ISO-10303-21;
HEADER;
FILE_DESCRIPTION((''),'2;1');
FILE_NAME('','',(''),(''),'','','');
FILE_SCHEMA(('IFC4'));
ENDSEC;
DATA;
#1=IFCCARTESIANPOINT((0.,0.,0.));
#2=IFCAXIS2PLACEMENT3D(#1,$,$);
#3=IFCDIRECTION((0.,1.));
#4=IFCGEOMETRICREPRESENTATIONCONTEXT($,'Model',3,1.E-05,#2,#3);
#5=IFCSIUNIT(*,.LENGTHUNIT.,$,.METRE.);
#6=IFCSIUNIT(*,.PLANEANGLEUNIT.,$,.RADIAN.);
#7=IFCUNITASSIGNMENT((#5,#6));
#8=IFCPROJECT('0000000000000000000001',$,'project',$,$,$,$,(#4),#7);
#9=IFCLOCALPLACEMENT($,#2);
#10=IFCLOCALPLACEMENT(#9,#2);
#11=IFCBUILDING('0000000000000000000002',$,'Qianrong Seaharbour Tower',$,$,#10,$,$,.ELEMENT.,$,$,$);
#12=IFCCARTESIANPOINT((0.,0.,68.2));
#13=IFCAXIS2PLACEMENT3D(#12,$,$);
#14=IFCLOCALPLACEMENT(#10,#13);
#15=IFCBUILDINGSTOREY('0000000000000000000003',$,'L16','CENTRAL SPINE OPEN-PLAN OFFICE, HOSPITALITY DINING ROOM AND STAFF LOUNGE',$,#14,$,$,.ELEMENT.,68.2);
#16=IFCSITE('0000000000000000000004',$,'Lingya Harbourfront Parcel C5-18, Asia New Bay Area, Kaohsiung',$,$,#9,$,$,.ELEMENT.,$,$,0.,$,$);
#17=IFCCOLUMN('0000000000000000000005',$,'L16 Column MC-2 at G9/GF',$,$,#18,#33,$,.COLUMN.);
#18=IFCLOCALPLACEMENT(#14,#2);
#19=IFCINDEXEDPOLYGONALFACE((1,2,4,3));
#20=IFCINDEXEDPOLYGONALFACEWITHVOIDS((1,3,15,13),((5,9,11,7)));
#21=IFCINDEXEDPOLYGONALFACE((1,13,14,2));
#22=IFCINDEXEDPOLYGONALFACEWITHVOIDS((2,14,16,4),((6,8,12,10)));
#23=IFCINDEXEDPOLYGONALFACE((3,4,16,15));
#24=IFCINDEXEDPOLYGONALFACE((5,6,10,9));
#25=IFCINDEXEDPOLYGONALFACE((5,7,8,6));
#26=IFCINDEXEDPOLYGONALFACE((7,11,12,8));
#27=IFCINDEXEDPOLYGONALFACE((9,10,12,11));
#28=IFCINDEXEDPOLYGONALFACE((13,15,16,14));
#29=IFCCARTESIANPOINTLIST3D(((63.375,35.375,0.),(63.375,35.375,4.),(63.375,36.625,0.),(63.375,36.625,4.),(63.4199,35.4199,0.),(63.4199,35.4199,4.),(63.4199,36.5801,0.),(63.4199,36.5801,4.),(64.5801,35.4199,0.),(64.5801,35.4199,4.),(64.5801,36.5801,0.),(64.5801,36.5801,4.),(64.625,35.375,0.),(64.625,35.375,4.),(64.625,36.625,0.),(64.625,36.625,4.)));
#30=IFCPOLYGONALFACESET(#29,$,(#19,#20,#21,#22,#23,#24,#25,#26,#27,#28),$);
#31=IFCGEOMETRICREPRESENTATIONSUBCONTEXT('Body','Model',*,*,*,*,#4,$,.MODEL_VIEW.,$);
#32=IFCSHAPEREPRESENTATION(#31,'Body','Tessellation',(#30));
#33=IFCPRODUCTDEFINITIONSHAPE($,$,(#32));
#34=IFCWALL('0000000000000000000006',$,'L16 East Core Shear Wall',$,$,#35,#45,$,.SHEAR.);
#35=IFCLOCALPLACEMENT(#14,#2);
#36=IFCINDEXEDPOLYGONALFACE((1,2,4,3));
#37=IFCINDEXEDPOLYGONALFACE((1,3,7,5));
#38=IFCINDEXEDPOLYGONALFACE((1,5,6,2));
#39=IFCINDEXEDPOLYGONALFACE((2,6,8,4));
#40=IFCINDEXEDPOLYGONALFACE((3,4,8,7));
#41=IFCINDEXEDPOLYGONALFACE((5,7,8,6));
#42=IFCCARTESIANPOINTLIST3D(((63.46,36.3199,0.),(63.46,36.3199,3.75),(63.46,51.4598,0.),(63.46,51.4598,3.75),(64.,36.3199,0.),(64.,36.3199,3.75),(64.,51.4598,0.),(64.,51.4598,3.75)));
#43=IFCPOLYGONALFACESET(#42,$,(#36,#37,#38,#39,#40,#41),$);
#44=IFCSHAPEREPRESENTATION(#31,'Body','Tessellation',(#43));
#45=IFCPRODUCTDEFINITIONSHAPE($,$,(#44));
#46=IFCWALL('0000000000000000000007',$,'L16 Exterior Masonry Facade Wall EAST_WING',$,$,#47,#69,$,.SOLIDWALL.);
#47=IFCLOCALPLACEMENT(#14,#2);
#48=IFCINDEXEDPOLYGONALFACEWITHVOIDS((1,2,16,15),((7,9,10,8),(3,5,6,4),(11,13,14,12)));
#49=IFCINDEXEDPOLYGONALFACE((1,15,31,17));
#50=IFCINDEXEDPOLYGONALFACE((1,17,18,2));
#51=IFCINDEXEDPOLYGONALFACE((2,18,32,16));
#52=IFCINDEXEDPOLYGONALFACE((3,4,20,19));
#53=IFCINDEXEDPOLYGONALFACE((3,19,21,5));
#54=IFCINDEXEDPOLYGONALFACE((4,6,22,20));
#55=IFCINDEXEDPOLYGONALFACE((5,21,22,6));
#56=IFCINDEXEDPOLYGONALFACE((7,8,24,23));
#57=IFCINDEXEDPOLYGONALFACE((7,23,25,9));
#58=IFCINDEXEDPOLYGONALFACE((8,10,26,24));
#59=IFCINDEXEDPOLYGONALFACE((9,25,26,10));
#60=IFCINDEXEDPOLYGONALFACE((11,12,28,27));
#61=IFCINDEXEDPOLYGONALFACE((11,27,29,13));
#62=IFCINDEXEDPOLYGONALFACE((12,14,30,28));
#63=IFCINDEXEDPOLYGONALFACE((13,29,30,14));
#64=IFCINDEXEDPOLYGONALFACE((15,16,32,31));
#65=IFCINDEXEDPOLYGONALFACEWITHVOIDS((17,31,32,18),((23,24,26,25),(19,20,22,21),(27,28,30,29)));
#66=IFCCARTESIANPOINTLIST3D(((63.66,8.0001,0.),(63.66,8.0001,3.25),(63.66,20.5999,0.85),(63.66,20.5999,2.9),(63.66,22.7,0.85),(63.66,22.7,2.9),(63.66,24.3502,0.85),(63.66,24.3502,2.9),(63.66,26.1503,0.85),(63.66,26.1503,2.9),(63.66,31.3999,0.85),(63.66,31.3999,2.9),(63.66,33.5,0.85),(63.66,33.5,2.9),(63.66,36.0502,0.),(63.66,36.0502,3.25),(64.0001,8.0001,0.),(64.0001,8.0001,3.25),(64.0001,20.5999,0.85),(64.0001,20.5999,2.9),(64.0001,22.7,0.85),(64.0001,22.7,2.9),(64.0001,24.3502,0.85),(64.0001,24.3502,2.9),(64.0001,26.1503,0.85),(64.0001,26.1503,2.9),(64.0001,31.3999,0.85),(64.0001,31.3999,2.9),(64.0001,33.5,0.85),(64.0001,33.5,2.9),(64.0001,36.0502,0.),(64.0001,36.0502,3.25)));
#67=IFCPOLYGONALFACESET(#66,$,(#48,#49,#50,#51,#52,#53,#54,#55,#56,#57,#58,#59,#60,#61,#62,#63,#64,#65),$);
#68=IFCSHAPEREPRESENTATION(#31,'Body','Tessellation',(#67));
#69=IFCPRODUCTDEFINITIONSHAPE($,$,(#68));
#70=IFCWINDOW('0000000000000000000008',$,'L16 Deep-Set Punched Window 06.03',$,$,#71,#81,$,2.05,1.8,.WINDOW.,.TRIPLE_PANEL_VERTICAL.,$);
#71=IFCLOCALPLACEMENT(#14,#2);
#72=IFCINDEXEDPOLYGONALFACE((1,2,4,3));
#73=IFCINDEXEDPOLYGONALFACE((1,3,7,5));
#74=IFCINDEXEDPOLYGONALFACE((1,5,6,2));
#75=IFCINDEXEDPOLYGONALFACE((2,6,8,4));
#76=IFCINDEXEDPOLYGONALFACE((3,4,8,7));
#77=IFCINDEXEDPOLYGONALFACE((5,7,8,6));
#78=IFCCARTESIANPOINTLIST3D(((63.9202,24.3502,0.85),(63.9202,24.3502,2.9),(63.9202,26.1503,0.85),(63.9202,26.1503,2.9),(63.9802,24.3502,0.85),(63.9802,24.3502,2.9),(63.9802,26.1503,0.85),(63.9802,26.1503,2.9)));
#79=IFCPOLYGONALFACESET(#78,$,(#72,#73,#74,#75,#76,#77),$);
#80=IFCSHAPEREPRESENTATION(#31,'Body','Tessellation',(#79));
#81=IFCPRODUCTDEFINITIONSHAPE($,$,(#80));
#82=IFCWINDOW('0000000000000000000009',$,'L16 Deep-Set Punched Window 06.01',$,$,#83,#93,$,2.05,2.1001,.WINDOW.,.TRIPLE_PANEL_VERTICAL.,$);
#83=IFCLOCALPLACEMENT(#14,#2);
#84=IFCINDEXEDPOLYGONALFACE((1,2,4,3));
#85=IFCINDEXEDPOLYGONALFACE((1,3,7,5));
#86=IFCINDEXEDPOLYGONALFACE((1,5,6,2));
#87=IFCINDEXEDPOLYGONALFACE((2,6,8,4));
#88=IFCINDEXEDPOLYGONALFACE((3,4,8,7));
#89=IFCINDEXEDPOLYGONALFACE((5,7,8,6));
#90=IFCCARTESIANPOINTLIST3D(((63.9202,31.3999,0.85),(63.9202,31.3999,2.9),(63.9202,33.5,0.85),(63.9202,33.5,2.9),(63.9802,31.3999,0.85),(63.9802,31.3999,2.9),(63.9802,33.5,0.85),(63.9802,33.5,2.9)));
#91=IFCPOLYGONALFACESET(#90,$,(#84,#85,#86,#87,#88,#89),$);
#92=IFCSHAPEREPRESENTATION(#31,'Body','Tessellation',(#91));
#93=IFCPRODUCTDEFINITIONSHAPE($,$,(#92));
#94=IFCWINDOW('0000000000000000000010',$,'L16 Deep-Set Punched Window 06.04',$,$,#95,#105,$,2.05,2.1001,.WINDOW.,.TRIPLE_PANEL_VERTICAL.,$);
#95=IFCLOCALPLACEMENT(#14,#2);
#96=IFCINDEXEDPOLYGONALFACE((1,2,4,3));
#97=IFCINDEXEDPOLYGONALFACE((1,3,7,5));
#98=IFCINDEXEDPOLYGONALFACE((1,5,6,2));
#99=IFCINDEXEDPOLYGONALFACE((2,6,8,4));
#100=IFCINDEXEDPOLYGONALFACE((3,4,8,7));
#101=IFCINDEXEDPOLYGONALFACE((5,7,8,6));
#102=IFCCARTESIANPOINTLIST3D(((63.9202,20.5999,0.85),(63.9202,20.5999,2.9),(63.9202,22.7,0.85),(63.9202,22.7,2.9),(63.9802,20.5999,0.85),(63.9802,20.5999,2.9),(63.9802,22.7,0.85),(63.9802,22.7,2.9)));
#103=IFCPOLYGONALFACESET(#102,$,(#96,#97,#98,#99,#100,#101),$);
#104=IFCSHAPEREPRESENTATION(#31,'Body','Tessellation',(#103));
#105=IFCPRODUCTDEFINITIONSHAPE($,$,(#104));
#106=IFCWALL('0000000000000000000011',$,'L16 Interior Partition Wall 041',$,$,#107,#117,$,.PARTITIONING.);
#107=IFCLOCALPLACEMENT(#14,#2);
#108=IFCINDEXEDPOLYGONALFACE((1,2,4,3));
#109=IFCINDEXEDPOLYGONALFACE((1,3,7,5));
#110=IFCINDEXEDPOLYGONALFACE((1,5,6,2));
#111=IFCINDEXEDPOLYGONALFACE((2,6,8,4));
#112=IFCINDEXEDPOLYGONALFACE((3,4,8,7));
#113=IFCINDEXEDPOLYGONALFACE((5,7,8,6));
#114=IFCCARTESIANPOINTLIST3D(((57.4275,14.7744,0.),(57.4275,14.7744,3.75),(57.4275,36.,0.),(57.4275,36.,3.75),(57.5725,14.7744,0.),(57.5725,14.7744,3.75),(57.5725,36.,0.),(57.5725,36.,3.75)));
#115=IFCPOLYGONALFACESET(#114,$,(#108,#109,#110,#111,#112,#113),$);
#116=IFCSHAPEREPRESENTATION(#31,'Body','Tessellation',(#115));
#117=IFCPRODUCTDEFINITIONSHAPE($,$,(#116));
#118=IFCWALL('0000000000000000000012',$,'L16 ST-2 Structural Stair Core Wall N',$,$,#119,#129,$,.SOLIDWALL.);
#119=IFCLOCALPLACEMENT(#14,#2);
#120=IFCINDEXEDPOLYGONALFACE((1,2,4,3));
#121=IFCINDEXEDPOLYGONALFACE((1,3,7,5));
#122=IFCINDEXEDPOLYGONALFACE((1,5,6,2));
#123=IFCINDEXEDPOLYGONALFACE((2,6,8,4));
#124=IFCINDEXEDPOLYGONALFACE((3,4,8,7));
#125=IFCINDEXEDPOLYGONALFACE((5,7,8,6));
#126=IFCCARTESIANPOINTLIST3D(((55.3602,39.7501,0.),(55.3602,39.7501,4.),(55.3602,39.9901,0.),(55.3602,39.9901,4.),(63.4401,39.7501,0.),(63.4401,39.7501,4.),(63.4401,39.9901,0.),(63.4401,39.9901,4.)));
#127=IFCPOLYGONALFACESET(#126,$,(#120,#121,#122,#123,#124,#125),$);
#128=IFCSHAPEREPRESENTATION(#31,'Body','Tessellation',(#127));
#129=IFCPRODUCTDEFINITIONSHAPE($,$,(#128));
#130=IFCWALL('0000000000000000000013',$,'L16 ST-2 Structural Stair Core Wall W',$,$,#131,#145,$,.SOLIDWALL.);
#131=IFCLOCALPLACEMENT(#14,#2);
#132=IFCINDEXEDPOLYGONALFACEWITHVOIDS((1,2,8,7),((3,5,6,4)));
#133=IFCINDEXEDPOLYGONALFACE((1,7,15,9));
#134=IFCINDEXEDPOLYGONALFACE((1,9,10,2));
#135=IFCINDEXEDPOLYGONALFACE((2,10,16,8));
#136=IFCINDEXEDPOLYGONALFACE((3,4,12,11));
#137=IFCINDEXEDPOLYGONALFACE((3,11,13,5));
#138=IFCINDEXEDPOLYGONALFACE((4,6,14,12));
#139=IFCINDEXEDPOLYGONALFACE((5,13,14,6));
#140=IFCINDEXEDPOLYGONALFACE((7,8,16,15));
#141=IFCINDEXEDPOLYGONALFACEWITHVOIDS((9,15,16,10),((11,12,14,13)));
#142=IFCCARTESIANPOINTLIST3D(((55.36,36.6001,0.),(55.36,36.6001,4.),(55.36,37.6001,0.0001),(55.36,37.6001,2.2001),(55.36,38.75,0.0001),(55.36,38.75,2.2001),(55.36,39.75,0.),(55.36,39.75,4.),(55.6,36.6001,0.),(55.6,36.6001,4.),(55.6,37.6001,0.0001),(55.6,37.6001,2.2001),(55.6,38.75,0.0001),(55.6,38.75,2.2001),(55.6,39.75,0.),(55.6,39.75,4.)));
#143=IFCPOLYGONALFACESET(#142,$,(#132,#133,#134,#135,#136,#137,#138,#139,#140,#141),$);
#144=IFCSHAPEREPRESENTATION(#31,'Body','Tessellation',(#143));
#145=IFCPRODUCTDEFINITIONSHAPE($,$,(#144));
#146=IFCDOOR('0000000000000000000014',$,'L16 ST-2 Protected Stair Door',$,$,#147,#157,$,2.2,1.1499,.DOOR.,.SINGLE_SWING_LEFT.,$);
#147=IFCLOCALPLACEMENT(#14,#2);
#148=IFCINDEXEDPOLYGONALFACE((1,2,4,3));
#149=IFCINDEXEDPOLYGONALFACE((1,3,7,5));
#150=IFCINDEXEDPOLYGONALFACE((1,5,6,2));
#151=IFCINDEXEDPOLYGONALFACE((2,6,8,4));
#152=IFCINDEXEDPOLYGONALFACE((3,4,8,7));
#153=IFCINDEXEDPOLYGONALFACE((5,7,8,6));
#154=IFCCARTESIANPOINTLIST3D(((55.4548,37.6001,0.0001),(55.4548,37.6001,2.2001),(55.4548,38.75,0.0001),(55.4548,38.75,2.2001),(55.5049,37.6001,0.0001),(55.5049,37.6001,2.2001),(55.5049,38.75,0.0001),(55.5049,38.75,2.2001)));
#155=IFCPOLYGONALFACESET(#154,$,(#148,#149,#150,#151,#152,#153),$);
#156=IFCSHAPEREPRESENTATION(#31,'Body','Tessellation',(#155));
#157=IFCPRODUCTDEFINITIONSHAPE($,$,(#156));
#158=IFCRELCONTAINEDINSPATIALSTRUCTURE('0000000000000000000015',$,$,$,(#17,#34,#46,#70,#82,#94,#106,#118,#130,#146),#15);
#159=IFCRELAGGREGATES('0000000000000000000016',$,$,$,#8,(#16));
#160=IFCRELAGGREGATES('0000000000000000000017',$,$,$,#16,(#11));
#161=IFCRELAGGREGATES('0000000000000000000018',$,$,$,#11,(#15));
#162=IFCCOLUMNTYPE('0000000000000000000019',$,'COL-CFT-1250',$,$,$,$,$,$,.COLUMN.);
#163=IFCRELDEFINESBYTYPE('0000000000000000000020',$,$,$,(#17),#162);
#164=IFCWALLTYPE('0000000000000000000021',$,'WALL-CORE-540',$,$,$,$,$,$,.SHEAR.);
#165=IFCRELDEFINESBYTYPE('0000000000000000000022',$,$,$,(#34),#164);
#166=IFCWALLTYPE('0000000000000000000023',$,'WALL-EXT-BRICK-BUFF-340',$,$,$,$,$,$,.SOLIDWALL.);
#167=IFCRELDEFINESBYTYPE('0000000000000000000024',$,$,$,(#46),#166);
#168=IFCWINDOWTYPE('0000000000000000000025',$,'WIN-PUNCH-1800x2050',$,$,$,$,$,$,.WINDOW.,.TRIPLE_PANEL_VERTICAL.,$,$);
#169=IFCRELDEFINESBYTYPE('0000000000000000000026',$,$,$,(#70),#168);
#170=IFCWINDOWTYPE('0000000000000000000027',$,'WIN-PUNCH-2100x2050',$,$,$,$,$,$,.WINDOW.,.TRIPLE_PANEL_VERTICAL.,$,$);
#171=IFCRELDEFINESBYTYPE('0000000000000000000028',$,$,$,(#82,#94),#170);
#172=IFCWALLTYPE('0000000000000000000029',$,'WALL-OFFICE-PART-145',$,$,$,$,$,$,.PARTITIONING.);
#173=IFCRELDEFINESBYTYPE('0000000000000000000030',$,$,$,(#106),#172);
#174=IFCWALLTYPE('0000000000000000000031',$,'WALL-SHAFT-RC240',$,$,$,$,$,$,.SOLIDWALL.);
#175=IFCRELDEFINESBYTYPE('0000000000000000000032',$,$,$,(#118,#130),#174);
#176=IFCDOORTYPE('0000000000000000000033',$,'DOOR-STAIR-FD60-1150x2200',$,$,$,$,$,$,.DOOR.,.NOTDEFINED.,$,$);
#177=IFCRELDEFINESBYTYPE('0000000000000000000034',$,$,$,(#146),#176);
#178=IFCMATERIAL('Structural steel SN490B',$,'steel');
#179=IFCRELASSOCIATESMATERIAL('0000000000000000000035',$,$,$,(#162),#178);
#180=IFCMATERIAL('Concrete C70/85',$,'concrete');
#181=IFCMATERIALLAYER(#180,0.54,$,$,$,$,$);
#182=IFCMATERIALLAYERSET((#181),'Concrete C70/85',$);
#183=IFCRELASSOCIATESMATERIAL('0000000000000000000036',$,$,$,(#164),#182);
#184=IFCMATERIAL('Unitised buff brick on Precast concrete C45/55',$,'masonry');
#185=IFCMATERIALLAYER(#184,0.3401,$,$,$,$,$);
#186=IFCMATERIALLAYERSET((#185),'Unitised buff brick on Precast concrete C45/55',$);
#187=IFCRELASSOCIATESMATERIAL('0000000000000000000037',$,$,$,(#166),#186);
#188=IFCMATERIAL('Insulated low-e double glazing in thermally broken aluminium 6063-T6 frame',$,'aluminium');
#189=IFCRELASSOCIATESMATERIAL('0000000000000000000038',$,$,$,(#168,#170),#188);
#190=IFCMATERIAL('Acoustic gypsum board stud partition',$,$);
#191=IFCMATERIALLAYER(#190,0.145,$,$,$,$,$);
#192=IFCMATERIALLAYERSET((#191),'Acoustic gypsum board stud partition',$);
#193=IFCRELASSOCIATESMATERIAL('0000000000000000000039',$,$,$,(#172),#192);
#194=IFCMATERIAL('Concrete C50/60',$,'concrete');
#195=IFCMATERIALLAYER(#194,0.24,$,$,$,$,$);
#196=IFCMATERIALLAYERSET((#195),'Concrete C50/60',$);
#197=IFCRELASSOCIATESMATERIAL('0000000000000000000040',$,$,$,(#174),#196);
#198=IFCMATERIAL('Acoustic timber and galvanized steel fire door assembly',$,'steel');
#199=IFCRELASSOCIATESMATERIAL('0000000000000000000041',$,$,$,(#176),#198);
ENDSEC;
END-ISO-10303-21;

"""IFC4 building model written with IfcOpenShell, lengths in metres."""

from ifc_helpers import new_model, si_unit, direction, frame, frame_2d, origin, origin_2d, place, context, subcontext, project, spatial, rectangle, hollow_rectangle, extrude, material, layer, layer_set, material_profile, profile_set, type_object, element, fill, save


model = new_model("IFC4")

# Units and contexts
model_context = context("Model", 3, precision=1e-05, world=origin(), true_north=direction((0.0, 1.0)))
body_context = subcontext(model_context, "Body", "Model", "MODEL_VIEW")
ifc_project = project(units=[si_unit("LENGTHUNIT", "METRE"), si_unit("PLANEANGLEUNIT", "RADIAN")], contexts=[model_context])

# Site, building, storey
site_placement = place(None, origin())
site = spatial("IfcSite", under=ifc_project, at=site_placement, Name="Lingya Harbourfront Parcel C5-18, Asia New Bay Area, Kaohsiung", CompositionType="ELEMENT", RefElevation=0.0)
building_placement = place(site_placement, origin())
building = spatial("IfcBuilding", under=site, at=building_placement, Name="Qianrong Seaharbour Tower", CompositionType="ELEMENT")
storey_placement = place(building_placement, frame((0.0, 0.0, 68.2)))
storey = spatial("IfcBuildingStorey", under=building, at=storey_placement, Name="L16", Description="CENTRAL SPINE OPEN-PLAN OFFICE, HOSPITALITY DINING ROOM AND STAFF LOUNGE", CompositionType="ELEMENT", Elevation=68.2)

# Column
ifc_material_1 = material(Name="Structural steel SN490B", Category="steel")
ifc_material_profile = material_profile(ifc_material_1, hollow_rectangle(XDim=1.25, YDim=1.25, WallThickness=0.0449, at=origin_2d()), Name="BOX1250x1250x45")
ifc_profile_set = profile_set([ifc_material_profile], Name="Structural steel SN490B")
column_type = type_object("IfcColumnType", Name="COL-CFT-1250", PredefinedType="COLUMN", material=ifc_profile_set)
column_placement = place(storey_placement, frame((64.0, 36.0, 0.0), z_axis=(0.0, 0.0, 1.0), x_axis=(1.0, 0.0, 0.0)))
element("IfcColumn", 1, at=column_placement, inside=storey, type_object=column_type, Name="L16 Column MC-2 at G9/GF", PredefinedType="COLUMN", context=body_context, shape_type="SweptSolid", body=[
    extrude(hollow_rectangle(XDim=1.25, YDim=1.25, WallThickness=0.0449, at=origin_2d()), origin(), (0.0, 0.0, 1.0), 4.0),
])

# Wall
ifc_material_2 = material(Name="Concrete C70/85", Category="concrete")
ifc_layer_1 = layer(ifc_material_2, 0.54)
ifc_layer_set_1 = layer_set([ifc_layer_1], Name="Concrete C70/85")
wall_type_1 = type_object("IfcWallType", Name="WALL-CORE-540", PredefinedType="SHEAR", material=ifc_layer_set_1)
wall_1_placement = place(storey_placement, frame((63.73, 36.3201, 0.0), z_axis=(0.0, 0.0, 1.0), x_axis=(0.0, 1.0, 0.0)))
element("IfcWall", 2, at=wall_1_placement, inside=storey, type_object=wall_type_1, Name="L16 East Core Shear Wall", PredefinedType="SHEAR", context=body_context, shape_type="SweptSolid", body=[
    extrude(rectangle(XDim=15.1399, YDim=0.54, at=frame_2d((7.5698, 0.0))), origin(), (0.0, 0.0, 1.0), 3.75),
])

# Wall, openings, windows
ifc_material_3 = material(Name="Unitised buff brick on Precast concrete C45/55", Category="masonry")
ifc_layer_2 = layer(ifc_material_3, 0.3401)
ifc_layer_set_2 = layer_set([ifc_layer_2], Name="Unitised buff brick on Precast concrete C45/55")
wall_type_2 = type_object("IfcWallType", Name="WALL-EXT-BRICK-BUFF-340", PredefinedType="SOLIDWALL", material=ifc_layer_set_2)
wall_2_placement = place(storey_placement, frame((63.8301, 36.05, 0.0), z_axis=(0.0, 0.0, 1.0), x_axis=(0.0, -1.0, 0.0)))
wall_2 = element("IfcWall", 3, at=wall_2_placement, inside=storey, type_object=wall_type_2, Name="L16 Exterior Masonry Facade Wall EAST_WING", PredefinedType="SOLIDWALL", context=body_context, shape_type="SweptSolid", body=[
    extrude(rectangle(XDim=28.05, YDim=0.3401, at=frame_2d((14.0249, 0.0))), origin(), (0.0, 0.0, 1.0), 3.25),
])
opening_1_placement = place(wall_2_placement, frame((2.55, 0.0, 0.8501)))
opening_1 = element("IfcOpeningElement", 4, at=opening_1_placement, cuts=wall_2, PredefinedType="OPENING", context=body_context, shape_type="SweptSolid", body=[
    extrude(rectangle(XDim=2.1001, YDim=2.05, at=frame_2d((1.05, 1.0249))), frame((0.0, 0.1802, 0.0), z_axis=(0.0, -1.0, 0.0), x_axis=(1.0, 0.0, 0.0)), (0.0, 0.0, 1.0), 0.3601),
])
opening_2_placement = place(wall_2_placement, frame((9.8999, 0.0, 0.8501)))
opening_2 = element("IfcOpeningElement", 5, at=opening_2_placement, cuts=wall_2, PredefinedType="OPENING", context=body_context, shape_type="SweptSolid", body=[
    extrude(rectangle(XDim=1.8, YDim=2.05, at=frame_2d((0.8999, 1.0249))), frame((0.0, 0.1802, 0.0), z_axis=(0.0, -1.0, 0.0), x_axis=(1.0, 0.0, 0.0)), (0.0, 0.0, 1.0), 0.3601),
])
opening_3_placement = place(wall_2_placement, frame((13.3501, 0.0, 0.8501)))
opening_3 = element("IfcOpeningElement", 6, at=opening_3_placement, cuts=wall_2, PredefinedType="OPENING", context=body_context, shape_type="SweptSolid", body=[
    extrude(rectangle(XDim=2.1001, YDim=2.05, at=frame_2d((1.05, 1.0249))), frame((0.0, 0.1802, 0.0), z_axis=(0.0, -1.0, 0.0), x_axis=(1.0, 0.0, 0.0)), (0.0, 0.0, 1.0), 0.3601),
])
ifc_material_4 = material(Name="Insulated low-e double glazing in thermally broken aluminium 6063-T6 frame", Category="aluminium")
window_type_1 = type_object("IfcWindowType", Name="WIN-PUNCH-1800x2050", PartitioningType="TRIPLE_PANEL_VERTICAL", PredefinedType="WINDOW", material=ifc_material_4)
window_1_placement = place(opening_2_placement, origin())
window_1 = element("IfcWindow", 7, at=window_1_placement, inside=storey, type_object=window_type_1, Name="L16 Deep-Set Punched Window 06.03", OverallHeight=2.05, OverallWidth=1.8, PartitioningType="TRIPLE_PANEL_VERTICAL", PredefinedType="WINDOW", context=body_context, shape_type="SweptSolid", body=[
    extrude(rectangle(XDim=1.8, YDim=2.05, at=frame_2d((0.8999, 1.0249))), frame((0.0, 0.1501, 0.0), z_axis=(0.0, -1.0, 0.0), x_axis=(1.0, 0.0, 0.0)), (0.0, 0.0, 1.0), 0.0601),
])
fill(opening_2, window_1)
window_type_2 = type_object("IfcWindowType", Name="WIN-PUNCH-2100x2050", PartitioningType="TRIPLE_PANEL_VERTICAL", PredefinedType="WINDOW", material=ifc_material_4)
window_2_placement = place(opening_1_placement, origin())
window_2 = element("IfcWindow", 8, at=window_2_placement, inside=storey, type_object=window_type_2, Name="L16 Deep-Set Punched Window 06.01", OverallHeight=2.05, OverallWidth=2.1001, PartitioningType="TRIPLE_PANEL_VERTICAL", PredefinedType="WINDOW", context=body_context, shape_type="SweptSolid", body=[
    extrude(rectangle(XDim=2.1001, YDim=2.05, at=frame_2d((1.05, 1.0249))), frame((0.0, 0.1501, 0.0), z_axis=(0.0, -1.0, 0.0), x_axis=(1.0, 0.0, 0.0)), (0.0, 0.0, 1.0), 0.0601),
])
fill(opening_1, window_2)
window_3_placement = place(opening_3_placement, origin())
window_3 = element("IfcWindow", 9, at=window_3_placement, inside=storey, type_object=window_type_2, Name="L16 Deep-Set Punched Window 06.04", OverallHeight=2.05, OverallWidth=2.1001, PartitioningType="TRIPLE_PANEL_VERTICAL", PredefinedType="WINDOW", context=body_context, shape_type="SweptSolid", body=[
    extrude(rectangle(XDim=2.1001, YDim=2.05, at=frame_2d((1.05, 1.0249))), frame((0.0, 0.1501, 0.0), z_axis=(0.0, -1.0, 0.0), x_axis=(1.0, 0.0, 0.0)), (0.0, 0.0, 1.0), 0.0601),
])
fill(opening_3, window_3)

# Walls
ifc_material_5 = material(Name="Acoustic gypsum board stud partition")
ifc_layer_3 = layer(ifc_material_5, 0.145)
ifc_layer_set_3 = layer_set([ifc_layer_3], Name="Acoustic gypsum board stud partition")
wall_type_3 = type_object("IfcWallType", Name="WALL-OFFICE-PART-145", PredefinedType="PARTITIONING", material=ifc_layer_set_3)
wall_3_placement = place(storey_placement, frame((57.5, 36.0, 0.0), z_axis=(0.0, 0.0, 1.0), x_axis=(0.0, -1.0, 0.0)))
element("IfcWall", 10, at=wall_3_placement, inside=storey, type_object=wall_type_3, Name="L16 Interior Partition Wall 041", PredefinedType="PARTITIONING", context=body_context, shape_type="SweptSolid", body=[
    extrude(rectangle(XDim=21.2256, YDim=0.145, at=frame_2d((10.6128, 0.0))), origin(), (0.0, 0.0, 1.0), 3.75),
])
ifc_material_6 = material(Name="Concrete C50/60", Category="concrete")
ifc_layer_4 = layer(ifc_material_6, 0.24)
ifc_layer_set_4 = layer_set([ifc_layer_4], Name="Concrete C50/60")
wall_type_4 = type_object("IfcWallType", Name="WALL-SHAFT-RC240", PredefinedType="SOLIDWALL", material=ifc_layer_set_4)
wall_4_placement = place(storey_placement, frame((55.3601, 39.8701, 0.0), z_axis=(0.0, 0.0, 1.0), x_axis=(1.0, 0.0, 0.0)))
element("IfcWall", 11, at=wall_4_placement, inside=storey, type_object=wall_type_4, Name="L16 ST-2 Structural Stair Core Wall N", PredefinedType="SOLIDWALL", context=body_context, shape_type="SweptSolid", body=[
    extrude(rectangle(XDim=8.0798, YDim=0.24, at=frame_2d((4.04, 0.0))), origin(), (0.0, 0.0, 1.0), 4.0),
])

# Wall, opening, door
wall_5_placement = place(storey_placement, frame((55.48, 39.75, 0.0), z_axis=(0.0, 0.0, 1.0), x_axis=(0.0, -1.0, 0.0)))
wall_5 = element("IfcWall", 12, at=wall_5_placement, inside=storey, type_object=wall_type_4, Name="L16 ST-2 Structural Stair Core Wall W", PredefinedType="SOLIDWALL", context=body_context, shape_type="SweptSolid", body=[
    extrude(rectangle(XDim=3.1499, YDim=0.24, at=frame_2d((1.575, 0.0))), origin(), (0.0, 0.0, 1.0), 4.0),
])
opening_4_placement = place(wall_5_placement, frame((1.0, 0.0, 0.0)))
opening_4 = element("IfcOpeningElement", 13, at=opening_4_placement, cuts=wall_5, PredefinedType="OPENING", context=body_context, shape_type="SweptSolid", body=[
    extrude(rectangle(XDim=1.1499, YDim=2.2, at=frame_2d((0.575, 1.1001))), frame((0.0, 0.1299, 0.0), z_axis=(0.0, -1.0, 0.0), x_axis=(1.0, 0.0, 0.0)), (0.0, 0.0, 1.0), 0.26),
])
ifc_material_7 = material(Name="Acoustic timber and galvanized steel fire door assembly", Category="steel")
door_type = type_object("IfcDoorType", Name="DOOR-STAIR-FD60-1150x2200", OperationType="NOTDEFINED", PredefinedType="DOOR", material=ifc_material_7)
door_placement = place(opening_4_placement, origin())
door = element("IfcDoor", 14, at=door_placement, inside=storey, type_object=door_type, Name="L16 ST-2 Protected Stair Door", OperationType="SINGLE_SWING_LEFT", OverallHeight=2.2, OverallWidth=1.1499, PredefinedType="DOOR", context=body_context, shape_type="SweptSolid", body=[
    extrude(rectangle(XDim=1.1499, YDim=2.2, at=frame_2d((0.575, 1.1001))), frame((0.0, 0.0249, 0.0), z_axis=(0.0, -1.0, 0.0), x_axis=(1.0, 0.0, 0.0)), (0.0, 0.0, 1.0), 0.05),
])
fill(opening_4, door)

save(model, "model.ifc")
